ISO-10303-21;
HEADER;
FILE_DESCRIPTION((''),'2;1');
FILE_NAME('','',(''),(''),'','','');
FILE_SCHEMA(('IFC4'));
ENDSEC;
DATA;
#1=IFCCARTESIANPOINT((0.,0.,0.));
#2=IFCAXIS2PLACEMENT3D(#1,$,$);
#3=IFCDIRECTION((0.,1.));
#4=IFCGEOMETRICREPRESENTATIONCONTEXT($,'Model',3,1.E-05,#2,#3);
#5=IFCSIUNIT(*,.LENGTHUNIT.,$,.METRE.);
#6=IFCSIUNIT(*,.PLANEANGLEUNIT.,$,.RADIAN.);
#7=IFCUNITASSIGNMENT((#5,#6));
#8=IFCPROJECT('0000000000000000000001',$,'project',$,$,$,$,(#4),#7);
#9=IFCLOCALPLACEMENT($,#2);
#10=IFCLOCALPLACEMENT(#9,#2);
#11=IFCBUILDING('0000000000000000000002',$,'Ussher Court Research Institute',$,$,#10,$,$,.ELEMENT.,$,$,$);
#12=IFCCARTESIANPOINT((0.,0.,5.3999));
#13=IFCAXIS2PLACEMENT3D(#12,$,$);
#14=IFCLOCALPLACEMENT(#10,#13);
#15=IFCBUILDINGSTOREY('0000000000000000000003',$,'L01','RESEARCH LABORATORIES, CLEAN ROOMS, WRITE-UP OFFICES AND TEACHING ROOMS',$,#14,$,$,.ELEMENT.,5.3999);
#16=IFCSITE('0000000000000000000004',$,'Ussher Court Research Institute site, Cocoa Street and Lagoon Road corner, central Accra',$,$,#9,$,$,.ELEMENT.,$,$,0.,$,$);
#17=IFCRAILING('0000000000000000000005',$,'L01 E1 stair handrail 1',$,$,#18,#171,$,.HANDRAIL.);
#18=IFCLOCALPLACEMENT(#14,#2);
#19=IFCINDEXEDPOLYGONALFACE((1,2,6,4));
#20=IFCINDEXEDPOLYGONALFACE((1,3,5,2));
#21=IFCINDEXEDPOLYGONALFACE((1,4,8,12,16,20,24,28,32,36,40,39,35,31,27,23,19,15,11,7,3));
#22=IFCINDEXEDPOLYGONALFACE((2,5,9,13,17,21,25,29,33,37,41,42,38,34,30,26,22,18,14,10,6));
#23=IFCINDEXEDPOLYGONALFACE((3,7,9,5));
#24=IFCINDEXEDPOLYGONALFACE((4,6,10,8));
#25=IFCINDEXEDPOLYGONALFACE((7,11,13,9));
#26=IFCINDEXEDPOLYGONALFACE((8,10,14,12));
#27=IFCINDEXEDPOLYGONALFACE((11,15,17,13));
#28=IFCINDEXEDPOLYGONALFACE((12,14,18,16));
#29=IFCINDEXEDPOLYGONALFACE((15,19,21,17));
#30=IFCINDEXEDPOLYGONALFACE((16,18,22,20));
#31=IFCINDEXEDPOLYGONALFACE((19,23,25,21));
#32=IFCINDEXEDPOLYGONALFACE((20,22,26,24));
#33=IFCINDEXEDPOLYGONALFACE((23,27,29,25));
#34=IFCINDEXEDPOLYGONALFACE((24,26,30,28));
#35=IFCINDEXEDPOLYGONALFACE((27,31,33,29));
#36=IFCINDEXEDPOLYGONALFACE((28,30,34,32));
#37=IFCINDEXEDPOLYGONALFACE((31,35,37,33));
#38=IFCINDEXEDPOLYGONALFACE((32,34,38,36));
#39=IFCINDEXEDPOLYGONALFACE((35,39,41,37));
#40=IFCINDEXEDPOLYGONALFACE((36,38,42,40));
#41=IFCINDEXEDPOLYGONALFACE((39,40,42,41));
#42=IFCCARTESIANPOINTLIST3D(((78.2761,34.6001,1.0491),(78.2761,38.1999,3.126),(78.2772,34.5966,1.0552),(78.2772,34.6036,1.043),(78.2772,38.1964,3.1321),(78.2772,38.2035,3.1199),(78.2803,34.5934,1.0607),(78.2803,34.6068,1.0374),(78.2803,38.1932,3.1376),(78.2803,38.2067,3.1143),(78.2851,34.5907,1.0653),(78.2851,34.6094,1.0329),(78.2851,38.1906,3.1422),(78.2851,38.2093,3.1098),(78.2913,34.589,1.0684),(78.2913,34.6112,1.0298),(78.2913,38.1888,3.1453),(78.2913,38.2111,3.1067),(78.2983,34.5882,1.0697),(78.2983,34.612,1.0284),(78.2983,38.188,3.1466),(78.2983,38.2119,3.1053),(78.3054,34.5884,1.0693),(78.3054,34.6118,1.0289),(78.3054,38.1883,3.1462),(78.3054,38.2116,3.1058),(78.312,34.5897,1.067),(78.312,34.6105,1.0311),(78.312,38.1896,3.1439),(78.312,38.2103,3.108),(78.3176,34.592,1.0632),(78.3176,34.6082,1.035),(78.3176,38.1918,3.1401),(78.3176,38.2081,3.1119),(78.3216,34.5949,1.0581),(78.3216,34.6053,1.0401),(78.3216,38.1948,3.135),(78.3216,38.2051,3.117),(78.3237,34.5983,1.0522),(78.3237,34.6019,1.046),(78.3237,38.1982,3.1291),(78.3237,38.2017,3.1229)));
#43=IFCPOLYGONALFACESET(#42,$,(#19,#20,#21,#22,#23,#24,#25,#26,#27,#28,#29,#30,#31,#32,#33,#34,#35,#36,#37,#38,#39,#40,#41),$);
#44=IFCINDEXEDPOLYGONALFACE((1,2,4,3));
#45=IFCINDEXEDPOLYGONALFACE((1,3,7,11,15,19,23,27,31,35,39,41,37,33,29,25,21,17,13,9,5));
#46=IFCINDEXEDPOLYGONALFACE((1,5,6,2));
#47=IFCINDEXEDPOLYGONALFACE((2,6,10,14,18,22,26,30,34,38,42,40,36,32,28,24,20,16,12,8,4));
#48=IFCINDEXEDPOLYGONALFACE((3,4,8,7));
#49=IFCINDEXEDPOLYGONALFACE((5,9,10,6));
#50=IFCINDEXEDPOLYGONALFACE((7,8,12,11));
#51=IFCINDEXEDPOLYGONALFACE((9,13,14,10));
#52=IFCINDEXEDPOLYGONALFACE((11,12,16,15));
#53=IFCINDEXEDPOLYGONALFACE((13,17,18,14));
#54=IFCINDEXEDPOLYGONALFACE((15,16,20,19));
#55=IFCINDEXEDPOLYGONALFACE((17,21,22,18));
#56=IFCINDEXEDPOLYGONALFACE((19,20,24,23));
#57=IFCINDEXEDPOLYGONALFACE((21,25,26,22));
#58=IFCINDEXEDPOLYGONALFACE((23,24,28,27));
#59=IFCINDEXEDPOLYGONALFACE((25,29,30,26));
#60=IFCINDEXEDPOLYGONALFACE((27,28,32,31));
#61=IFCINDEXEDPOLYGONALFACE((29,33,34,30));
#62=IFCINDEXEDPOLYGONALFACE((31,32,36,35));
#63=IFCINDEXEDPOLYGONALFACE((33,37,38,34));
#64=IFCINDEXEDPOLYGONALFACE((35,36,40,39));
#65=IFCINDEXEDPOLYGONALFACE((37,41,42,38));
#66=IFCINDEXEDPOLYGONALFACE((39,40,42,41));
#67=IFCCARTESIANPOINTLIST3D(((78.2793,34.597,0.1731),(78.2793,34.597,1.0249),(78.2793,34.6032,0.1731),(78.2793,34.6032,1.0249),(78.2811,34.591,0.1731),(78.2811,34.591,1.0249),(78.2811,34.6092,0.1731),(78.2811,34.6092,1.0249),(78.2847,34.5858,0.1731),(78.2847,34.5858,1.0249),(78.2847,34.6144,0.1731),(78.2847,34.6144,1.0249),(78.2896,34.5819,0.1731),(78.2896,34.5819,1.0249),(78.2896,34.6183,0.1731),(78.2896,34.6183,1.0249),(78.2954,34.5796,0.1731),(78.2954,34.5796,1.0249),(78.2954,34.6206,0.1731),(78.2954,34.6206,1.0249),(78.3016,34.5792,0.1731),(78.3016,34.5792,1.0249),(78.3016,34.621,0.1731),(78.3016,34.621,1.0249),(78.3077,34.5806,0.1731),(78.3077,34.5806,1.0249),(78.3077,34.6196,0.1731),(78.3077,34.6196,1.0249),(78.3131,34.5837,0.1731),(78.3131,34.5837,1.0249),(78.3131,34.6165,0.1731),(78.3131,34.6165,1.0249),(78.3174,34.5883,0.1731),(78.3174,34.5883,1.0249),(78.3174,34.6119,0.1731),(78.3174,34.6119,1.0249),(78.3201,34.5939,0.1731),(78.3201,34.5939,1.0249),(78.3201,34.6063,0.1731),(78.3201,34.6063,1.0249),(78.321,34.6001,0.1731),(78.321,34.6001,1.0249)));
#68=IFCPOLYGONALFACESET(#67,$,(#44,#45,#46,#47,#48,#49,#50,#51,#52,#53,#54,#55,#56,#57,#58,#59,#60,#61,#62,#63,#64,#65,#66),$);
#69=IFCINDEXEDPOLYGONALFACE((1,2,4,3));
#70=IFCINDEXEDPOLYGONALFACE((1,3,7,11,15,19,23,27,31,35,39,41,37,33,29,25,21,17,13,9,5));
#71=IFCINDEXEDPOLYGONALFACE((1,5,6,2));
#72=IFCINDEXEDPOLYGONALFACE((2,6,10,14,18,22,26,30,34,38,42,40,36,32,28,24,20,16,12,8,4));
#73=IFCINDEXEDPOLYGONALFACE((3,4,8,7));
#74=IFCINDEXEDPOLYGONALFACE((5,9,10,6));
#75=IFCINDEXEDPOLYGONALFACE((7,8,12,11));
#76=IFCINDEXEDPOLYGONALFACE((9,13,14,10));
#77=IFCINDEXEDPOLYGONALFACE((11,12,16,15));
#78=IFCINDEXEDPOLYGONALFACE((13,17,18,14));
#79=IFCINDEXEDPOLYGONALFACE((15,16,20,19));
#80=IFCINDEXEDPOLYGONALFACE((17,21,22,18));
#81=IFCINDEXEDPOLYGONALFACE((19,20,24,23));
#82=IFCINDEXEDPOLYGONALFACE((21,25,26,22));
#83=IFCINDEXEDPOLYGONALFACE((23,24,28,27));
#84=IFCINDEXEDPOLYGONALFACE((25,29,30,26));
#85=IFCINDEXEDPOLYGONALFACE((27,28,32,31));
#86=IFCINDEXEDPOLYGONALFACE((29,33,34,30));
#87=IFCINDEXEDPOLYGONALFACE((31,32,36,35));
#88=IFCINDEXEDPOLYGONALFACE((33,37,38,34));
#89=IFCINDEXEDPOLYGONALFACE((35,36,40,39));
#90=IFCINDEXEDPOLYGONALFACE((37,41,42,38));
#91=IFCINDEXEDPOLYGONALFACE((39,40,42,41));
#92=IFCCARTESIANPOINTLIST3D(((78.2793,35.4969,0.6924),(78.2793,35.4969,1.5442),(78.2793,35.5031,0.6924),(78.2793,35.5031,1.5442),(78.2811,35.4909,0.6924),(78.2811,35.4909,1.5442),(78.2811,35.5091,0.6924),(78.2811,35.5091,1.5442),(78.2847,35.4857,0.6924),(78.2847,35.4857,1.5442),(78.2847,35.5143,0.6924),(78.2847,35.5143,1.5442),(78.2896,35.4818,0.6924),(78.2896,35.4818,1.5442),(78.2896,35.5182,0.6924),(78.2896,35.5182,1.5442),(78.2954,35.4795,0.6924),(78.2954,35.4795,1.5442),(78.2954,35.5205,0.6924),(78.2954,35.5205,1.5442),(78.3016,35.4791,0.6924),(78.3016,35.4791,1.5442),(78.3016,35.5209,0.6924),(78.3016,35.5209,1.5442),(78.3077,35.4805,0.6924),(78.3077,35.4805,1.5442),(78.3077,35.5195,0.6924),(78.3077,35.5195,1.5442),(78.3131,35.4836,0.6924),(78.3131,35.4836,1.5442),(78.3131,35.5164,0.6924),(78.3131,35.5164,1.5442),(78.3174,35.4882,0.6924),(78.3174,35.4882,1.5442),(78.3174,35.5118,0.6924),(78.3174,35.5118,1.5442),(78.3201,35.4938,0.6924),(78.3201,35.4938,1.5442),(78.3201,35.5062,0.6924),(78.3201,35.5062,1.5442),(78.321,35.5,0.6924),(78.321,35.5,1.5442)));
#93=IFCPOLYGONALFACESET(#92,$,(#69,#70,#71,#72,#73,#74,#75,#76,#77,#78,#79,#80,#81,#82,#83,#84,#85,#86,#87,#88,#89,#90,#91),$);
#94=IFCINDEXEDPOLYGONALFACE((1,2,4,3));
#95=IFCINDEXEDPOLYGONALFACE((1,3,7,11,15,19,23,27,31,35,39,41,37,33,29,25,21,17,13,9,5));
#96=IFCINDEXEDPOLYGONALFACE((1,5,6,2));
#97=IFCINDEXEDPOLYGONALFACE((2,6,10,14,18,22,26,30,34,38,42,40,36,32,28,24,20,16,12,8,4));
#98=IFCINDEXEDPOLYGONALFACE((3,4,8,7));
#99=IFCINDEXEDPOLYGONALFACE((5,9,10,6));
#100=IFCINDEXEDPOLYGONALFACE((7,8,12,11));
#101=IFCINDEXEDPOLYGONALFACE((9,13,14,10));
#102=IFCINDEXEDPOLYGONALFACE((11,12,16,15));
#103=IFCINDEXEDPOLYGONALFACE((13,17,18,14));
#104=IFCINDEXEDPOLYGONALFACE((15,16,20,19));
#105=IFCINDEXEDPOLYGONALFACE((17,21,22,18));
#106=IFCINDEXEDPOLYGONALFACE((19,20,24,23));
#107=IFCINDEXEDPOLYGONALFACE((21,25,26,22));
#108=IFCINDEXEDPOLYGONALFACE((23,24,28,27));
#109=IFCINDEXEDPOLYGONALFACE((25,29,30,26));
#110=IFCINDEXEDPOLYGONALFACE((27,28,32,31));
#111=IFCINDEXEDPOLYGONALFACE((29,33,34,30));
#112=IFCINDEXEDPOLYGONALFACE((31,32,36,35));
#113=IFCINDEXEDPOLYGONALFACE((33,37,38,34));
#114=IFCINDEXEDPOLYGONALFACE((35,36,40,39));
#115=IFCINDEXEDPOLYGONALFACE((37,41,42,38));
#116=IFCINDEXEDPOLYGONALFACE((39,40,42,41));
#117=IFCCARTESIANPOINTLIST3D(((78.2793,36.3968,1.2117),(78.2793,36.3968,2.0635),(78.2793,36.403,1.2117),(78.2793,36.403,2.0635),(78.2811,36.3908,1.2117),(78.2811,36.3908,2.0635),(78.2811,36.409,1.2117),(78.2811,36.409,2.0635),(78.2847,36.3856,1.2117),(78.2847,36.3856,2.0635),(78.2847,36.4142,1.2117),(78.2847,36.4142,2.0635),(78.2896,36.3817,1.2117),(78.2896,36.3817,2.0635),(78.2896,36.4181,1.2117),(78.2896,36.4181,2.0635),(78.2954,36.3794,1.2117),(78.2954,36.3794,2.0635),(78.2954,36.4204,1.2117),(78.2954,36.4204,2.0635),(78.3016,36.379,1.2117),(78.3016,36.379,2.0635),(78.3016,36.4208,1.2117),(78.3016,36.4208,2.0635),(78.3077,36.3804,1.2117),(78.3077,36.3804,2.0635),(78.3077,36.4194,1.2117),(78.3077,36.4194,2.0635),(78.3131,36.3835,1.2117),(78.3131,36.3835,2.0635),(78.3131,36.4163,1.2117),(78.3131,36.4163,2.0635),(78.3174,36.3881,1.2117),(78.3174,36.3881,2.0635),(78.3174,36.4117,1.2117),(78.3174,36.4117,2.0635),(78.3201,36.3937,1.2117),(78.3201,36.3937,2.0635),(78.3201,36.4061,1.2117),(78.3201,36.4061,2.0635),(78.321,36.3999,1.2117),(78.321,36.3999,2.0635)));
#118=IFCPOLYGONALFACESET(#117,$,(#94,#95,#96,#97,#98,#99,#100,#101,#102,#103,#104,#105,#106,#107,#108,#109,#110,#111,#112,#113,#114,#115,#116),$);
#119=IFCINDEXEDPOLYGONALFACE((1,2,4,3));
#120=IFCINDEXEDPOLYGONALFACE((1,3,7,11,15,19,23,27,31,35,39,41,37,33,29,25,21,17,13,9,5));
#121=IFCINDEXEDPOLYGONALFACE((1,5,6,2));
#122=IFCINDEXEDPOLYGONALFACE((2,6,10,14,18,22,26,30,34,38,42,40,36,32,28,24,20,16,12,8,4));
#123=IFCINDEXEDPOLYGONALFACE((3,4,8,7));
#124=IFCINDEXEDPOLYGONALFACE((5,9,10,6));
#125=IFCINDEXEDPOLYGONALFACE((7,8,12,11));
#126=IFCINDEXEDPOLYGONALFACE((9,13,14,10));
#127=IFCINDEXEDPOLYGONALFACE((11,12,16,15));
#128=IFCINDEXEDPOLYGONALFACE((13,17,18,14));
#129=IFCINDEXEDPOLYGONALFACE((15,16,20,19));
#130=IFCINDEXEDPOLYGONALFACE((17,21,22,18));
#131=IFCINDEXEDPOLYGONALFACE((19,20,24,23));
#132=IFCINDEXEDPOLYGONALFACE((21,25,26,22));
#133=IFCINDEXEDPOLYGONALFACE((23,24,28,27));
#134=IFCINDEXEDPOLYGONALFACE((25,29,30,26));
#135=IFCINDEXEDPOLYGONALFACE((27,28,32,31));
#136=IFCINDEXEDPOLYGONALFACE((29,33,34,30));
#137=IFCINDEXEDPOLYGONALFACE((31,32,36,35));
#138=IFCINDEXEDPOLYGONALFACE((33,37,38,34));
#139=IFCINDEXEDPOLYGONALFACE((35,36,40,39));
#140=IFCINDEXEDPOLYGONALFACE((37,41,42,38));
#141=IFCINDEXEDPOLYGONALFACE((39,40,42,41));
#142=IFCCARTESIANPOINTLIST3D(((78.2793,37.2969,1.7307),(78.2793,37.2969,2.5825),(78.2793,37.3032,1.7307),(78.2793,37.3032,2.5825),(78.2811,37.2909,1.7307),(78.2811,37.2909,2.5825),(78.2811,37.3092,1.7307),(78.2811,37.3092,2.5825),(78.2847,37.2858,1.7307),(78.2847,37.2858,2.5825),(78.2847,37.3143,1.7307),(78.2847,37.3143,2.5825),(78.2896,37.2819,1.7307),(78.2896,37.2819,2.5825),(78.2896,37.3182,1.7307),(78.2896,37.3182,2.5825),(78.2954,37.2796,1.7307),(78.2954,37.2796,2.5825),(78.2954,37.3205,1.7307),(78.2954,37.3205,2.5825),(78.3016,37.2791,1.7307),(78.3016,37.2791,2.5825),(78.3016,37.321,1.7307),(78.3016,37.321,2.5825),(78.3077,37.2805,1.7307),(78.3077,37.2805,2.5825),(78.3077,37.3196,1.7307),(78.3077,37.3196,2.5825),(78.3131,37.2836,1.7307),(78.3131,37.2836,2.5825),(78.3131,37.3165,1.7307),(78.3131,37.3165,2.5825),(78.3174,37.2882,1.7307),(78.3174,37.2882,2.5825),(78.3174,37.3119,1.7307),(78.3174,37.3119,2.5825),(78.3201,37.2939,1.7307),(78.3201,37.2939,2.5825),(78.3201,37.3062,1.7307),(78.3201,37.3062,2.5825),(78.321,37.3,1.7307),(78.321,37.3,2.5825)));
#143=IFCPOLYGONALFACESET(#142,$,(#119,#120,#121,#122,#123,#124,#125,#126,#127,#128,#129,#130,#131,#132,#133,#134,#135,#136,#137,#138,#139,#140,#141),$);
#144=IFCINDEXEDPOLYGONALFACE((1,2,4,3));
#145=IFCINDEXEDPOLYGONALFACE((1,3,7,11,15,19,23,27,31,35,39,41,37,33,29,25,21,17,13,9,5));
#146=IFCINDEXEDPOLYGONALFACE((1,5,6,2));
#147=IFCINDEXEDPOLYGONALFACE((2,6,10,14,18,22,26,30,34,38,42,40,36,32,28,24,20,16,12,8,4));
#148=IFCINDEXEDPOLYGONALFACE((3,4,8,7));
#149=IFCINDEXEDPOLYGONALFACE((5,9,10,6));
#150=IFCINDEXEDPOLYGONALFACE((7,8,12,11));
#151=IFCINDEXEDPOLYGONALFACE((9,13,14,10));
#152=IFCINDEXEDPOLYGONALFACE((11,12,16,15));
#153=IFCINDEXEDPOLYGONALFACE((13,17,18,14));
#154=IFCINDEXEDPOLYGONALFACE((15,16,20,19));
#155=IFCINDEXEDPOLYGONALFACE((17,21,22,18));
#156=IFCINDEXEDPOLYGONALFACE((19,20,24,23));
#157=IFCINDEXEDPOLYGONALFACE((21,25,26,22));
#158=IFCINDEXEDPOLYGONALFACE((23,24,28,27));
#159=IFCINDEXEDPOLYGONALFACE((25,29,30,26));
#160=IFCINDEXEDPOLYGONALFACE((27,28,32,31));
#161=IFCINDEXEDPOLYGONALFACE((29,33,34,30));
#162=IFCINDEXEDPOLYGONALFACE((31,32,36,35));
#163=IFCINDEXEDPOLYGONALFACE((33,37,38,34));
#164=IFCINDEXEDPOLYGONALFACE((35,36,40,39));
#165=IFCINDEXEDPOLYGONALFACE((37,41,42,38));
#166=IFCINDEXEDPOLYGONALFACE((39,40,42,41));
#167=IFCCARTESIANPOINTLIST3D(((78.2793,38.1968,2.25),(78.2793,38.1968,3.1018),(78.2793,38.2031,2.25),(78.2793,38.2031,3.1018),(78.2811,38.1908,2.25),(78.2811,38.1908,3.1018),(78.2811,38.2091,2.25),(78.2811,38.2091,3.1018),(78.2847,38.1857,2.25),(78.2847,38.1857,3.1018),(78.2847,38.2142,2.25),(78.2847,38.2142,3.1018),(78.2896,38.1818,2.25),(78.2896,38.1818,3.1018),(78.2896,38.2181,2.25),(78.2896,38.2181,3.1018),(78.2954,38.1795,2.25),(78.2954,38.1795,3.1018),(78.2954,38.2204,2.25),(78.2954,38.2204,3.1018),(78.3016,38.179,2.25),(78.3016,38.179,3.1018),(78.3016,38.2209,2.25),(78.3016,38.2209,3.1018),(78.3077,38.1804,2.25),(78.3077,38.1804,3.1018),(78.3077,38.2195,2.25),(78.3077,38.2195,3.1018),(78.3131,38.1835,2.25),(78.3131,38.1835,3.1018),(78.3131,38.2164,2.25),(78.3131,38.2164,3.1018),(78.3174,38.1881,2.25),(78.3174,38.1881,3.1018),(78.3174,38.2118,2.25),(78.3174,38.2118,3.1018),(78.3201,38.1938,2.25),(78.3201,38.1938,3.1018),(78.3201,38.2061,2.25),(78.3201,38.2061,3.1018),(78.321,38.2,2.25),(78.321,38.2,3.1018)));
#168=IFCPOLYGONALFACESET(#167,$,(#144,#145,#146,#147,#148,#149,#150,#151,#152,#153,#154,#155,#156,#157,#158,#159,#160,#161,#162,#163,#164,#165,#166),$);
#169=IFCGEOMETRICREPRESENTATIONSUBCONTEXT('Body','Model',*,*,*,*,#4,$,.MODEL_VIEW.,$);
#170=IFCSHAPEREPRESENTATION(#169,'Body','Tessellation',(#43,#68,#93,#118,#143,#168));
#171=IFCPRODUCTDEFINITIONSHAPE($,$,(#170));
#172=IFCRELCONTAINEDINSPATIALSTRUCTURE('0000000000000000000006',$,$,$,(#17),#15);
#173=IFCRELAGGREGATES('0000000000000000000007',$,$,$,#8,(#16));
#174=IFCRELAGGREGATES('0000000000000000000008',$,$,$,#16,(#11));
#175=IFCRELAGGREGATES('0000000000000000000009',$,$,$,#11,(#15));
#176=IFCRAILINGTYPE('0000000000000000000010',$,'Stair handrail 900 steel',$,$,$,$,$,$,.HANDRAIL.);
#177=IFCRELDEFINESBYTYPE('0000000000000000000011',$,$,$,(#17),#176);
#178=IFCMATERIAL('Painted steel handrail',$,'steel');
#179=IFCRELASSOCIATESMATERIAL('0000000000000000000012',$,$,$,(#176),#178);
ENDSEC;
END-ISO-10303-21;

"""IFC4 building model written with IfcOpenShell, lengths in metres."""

from ifc_helpers import new_model, si_unit, direction, frame, origin, origin_2d, place, context, subcontext, project, spatial, circle, extrude, material, type_object, element, save


model = new_model("IFC4")

# Units and contexts
model_context = context("Model", 3, precision=1e-05, world=origin(), true_north=direction((0.0, 1.0)))
body_context = subcontext(model_context, "Body", "Model", "MODEL_VIEW")
ifc_project = project(units=[si_unit("LENGTHUNIT", "METRE"), si_unit("PLANEANGLEUNIT", "RADIAN")], contexts=[model_context])

# Site, building, storey
site_placement = place(None, origin())
site = spatial("IfcSite", under=ifc_project, at=site_placement, Name="Ussher Court Research Institute site, Cocoa Street and Lagoon Road corner, central Accra", CompositionType="ELEMENT", RefElevation=0.0)
building_placement = place(site_placement, origin())
building = spatial("IfcBuilding", under=site, at=building_placement, Name="Ussher Court Research Institute", CompositionType="ELEMENT")
storey_placement = place(building_placement, frame((0.0, 0.0, 5.3999)))
storey = spatial("IfcBuildingStorey", under=building, at=storey_placement, Name="L01", Description="RESEARCH LABORATORIES, CLEAN ROOMS, WRITE-UP OFFICES AND TEACHING ROOMS", CompositionType="ELEMENT", Elevation=5.3999)

# Railing
ifc_material_1 = material(Name="Painted steel handrail", Category="steel")
railing_type_1 = type_object("IfcRailingType", Name="Stair handrail 900 steel", PredefinedType="HANDRAIL", material=ifc_material_1)
railing_1_placement = place(storey_placement, frame((78.3, 34.6001, 0.1731)))
element("IfcRailing", 1, at=railing_1_placement, inside=storey, type_object=railing_type_1, Name="L01 E1 stair handrail 1", PredefinedType="HANDRAIL", context=body_context, shape_type="SweptSolid", body=[
    extrude(circle(Radius=0.0239, at=origin_2d()), frame((0.0, 0.0, 0.876), z_axis=(0.0, 0.866179, 0.499734), x_axis=(-1.0, 0.0, 0.0)), (0.0, 0.0, 1.0), 4.156),
    extrude(circle(Radius=0.021, at=origin_2d()), origin(), (0.0, 0.0, 1.0), 0.8518),
    extrude(circle(Radius=0.021, at=origin_2d()), frame((0.0, 0.8999, 0.5193)), (0.0, 0.0, 1.0), 0.8518),
    extrude(circle(Radius=0.021, at=origin_2d()), frame((0.0, 1.7998, 1.0386)), (0.0, 0.0, 1.0), 0.8518),
    extrude(circle(Radius=0.021, at=origin_2d()), frame((0.0, 2.7, 1.5576)), (0.0, 0.0, 1.0), 0.8518),
    extrude(circle(Radius=0.021, at=origin_2d()), frame((0.0, 3.5999, 2.0769)), (0.0, 0.0, 1.0), 0.8518),
])

save(model, "model.ifc")
